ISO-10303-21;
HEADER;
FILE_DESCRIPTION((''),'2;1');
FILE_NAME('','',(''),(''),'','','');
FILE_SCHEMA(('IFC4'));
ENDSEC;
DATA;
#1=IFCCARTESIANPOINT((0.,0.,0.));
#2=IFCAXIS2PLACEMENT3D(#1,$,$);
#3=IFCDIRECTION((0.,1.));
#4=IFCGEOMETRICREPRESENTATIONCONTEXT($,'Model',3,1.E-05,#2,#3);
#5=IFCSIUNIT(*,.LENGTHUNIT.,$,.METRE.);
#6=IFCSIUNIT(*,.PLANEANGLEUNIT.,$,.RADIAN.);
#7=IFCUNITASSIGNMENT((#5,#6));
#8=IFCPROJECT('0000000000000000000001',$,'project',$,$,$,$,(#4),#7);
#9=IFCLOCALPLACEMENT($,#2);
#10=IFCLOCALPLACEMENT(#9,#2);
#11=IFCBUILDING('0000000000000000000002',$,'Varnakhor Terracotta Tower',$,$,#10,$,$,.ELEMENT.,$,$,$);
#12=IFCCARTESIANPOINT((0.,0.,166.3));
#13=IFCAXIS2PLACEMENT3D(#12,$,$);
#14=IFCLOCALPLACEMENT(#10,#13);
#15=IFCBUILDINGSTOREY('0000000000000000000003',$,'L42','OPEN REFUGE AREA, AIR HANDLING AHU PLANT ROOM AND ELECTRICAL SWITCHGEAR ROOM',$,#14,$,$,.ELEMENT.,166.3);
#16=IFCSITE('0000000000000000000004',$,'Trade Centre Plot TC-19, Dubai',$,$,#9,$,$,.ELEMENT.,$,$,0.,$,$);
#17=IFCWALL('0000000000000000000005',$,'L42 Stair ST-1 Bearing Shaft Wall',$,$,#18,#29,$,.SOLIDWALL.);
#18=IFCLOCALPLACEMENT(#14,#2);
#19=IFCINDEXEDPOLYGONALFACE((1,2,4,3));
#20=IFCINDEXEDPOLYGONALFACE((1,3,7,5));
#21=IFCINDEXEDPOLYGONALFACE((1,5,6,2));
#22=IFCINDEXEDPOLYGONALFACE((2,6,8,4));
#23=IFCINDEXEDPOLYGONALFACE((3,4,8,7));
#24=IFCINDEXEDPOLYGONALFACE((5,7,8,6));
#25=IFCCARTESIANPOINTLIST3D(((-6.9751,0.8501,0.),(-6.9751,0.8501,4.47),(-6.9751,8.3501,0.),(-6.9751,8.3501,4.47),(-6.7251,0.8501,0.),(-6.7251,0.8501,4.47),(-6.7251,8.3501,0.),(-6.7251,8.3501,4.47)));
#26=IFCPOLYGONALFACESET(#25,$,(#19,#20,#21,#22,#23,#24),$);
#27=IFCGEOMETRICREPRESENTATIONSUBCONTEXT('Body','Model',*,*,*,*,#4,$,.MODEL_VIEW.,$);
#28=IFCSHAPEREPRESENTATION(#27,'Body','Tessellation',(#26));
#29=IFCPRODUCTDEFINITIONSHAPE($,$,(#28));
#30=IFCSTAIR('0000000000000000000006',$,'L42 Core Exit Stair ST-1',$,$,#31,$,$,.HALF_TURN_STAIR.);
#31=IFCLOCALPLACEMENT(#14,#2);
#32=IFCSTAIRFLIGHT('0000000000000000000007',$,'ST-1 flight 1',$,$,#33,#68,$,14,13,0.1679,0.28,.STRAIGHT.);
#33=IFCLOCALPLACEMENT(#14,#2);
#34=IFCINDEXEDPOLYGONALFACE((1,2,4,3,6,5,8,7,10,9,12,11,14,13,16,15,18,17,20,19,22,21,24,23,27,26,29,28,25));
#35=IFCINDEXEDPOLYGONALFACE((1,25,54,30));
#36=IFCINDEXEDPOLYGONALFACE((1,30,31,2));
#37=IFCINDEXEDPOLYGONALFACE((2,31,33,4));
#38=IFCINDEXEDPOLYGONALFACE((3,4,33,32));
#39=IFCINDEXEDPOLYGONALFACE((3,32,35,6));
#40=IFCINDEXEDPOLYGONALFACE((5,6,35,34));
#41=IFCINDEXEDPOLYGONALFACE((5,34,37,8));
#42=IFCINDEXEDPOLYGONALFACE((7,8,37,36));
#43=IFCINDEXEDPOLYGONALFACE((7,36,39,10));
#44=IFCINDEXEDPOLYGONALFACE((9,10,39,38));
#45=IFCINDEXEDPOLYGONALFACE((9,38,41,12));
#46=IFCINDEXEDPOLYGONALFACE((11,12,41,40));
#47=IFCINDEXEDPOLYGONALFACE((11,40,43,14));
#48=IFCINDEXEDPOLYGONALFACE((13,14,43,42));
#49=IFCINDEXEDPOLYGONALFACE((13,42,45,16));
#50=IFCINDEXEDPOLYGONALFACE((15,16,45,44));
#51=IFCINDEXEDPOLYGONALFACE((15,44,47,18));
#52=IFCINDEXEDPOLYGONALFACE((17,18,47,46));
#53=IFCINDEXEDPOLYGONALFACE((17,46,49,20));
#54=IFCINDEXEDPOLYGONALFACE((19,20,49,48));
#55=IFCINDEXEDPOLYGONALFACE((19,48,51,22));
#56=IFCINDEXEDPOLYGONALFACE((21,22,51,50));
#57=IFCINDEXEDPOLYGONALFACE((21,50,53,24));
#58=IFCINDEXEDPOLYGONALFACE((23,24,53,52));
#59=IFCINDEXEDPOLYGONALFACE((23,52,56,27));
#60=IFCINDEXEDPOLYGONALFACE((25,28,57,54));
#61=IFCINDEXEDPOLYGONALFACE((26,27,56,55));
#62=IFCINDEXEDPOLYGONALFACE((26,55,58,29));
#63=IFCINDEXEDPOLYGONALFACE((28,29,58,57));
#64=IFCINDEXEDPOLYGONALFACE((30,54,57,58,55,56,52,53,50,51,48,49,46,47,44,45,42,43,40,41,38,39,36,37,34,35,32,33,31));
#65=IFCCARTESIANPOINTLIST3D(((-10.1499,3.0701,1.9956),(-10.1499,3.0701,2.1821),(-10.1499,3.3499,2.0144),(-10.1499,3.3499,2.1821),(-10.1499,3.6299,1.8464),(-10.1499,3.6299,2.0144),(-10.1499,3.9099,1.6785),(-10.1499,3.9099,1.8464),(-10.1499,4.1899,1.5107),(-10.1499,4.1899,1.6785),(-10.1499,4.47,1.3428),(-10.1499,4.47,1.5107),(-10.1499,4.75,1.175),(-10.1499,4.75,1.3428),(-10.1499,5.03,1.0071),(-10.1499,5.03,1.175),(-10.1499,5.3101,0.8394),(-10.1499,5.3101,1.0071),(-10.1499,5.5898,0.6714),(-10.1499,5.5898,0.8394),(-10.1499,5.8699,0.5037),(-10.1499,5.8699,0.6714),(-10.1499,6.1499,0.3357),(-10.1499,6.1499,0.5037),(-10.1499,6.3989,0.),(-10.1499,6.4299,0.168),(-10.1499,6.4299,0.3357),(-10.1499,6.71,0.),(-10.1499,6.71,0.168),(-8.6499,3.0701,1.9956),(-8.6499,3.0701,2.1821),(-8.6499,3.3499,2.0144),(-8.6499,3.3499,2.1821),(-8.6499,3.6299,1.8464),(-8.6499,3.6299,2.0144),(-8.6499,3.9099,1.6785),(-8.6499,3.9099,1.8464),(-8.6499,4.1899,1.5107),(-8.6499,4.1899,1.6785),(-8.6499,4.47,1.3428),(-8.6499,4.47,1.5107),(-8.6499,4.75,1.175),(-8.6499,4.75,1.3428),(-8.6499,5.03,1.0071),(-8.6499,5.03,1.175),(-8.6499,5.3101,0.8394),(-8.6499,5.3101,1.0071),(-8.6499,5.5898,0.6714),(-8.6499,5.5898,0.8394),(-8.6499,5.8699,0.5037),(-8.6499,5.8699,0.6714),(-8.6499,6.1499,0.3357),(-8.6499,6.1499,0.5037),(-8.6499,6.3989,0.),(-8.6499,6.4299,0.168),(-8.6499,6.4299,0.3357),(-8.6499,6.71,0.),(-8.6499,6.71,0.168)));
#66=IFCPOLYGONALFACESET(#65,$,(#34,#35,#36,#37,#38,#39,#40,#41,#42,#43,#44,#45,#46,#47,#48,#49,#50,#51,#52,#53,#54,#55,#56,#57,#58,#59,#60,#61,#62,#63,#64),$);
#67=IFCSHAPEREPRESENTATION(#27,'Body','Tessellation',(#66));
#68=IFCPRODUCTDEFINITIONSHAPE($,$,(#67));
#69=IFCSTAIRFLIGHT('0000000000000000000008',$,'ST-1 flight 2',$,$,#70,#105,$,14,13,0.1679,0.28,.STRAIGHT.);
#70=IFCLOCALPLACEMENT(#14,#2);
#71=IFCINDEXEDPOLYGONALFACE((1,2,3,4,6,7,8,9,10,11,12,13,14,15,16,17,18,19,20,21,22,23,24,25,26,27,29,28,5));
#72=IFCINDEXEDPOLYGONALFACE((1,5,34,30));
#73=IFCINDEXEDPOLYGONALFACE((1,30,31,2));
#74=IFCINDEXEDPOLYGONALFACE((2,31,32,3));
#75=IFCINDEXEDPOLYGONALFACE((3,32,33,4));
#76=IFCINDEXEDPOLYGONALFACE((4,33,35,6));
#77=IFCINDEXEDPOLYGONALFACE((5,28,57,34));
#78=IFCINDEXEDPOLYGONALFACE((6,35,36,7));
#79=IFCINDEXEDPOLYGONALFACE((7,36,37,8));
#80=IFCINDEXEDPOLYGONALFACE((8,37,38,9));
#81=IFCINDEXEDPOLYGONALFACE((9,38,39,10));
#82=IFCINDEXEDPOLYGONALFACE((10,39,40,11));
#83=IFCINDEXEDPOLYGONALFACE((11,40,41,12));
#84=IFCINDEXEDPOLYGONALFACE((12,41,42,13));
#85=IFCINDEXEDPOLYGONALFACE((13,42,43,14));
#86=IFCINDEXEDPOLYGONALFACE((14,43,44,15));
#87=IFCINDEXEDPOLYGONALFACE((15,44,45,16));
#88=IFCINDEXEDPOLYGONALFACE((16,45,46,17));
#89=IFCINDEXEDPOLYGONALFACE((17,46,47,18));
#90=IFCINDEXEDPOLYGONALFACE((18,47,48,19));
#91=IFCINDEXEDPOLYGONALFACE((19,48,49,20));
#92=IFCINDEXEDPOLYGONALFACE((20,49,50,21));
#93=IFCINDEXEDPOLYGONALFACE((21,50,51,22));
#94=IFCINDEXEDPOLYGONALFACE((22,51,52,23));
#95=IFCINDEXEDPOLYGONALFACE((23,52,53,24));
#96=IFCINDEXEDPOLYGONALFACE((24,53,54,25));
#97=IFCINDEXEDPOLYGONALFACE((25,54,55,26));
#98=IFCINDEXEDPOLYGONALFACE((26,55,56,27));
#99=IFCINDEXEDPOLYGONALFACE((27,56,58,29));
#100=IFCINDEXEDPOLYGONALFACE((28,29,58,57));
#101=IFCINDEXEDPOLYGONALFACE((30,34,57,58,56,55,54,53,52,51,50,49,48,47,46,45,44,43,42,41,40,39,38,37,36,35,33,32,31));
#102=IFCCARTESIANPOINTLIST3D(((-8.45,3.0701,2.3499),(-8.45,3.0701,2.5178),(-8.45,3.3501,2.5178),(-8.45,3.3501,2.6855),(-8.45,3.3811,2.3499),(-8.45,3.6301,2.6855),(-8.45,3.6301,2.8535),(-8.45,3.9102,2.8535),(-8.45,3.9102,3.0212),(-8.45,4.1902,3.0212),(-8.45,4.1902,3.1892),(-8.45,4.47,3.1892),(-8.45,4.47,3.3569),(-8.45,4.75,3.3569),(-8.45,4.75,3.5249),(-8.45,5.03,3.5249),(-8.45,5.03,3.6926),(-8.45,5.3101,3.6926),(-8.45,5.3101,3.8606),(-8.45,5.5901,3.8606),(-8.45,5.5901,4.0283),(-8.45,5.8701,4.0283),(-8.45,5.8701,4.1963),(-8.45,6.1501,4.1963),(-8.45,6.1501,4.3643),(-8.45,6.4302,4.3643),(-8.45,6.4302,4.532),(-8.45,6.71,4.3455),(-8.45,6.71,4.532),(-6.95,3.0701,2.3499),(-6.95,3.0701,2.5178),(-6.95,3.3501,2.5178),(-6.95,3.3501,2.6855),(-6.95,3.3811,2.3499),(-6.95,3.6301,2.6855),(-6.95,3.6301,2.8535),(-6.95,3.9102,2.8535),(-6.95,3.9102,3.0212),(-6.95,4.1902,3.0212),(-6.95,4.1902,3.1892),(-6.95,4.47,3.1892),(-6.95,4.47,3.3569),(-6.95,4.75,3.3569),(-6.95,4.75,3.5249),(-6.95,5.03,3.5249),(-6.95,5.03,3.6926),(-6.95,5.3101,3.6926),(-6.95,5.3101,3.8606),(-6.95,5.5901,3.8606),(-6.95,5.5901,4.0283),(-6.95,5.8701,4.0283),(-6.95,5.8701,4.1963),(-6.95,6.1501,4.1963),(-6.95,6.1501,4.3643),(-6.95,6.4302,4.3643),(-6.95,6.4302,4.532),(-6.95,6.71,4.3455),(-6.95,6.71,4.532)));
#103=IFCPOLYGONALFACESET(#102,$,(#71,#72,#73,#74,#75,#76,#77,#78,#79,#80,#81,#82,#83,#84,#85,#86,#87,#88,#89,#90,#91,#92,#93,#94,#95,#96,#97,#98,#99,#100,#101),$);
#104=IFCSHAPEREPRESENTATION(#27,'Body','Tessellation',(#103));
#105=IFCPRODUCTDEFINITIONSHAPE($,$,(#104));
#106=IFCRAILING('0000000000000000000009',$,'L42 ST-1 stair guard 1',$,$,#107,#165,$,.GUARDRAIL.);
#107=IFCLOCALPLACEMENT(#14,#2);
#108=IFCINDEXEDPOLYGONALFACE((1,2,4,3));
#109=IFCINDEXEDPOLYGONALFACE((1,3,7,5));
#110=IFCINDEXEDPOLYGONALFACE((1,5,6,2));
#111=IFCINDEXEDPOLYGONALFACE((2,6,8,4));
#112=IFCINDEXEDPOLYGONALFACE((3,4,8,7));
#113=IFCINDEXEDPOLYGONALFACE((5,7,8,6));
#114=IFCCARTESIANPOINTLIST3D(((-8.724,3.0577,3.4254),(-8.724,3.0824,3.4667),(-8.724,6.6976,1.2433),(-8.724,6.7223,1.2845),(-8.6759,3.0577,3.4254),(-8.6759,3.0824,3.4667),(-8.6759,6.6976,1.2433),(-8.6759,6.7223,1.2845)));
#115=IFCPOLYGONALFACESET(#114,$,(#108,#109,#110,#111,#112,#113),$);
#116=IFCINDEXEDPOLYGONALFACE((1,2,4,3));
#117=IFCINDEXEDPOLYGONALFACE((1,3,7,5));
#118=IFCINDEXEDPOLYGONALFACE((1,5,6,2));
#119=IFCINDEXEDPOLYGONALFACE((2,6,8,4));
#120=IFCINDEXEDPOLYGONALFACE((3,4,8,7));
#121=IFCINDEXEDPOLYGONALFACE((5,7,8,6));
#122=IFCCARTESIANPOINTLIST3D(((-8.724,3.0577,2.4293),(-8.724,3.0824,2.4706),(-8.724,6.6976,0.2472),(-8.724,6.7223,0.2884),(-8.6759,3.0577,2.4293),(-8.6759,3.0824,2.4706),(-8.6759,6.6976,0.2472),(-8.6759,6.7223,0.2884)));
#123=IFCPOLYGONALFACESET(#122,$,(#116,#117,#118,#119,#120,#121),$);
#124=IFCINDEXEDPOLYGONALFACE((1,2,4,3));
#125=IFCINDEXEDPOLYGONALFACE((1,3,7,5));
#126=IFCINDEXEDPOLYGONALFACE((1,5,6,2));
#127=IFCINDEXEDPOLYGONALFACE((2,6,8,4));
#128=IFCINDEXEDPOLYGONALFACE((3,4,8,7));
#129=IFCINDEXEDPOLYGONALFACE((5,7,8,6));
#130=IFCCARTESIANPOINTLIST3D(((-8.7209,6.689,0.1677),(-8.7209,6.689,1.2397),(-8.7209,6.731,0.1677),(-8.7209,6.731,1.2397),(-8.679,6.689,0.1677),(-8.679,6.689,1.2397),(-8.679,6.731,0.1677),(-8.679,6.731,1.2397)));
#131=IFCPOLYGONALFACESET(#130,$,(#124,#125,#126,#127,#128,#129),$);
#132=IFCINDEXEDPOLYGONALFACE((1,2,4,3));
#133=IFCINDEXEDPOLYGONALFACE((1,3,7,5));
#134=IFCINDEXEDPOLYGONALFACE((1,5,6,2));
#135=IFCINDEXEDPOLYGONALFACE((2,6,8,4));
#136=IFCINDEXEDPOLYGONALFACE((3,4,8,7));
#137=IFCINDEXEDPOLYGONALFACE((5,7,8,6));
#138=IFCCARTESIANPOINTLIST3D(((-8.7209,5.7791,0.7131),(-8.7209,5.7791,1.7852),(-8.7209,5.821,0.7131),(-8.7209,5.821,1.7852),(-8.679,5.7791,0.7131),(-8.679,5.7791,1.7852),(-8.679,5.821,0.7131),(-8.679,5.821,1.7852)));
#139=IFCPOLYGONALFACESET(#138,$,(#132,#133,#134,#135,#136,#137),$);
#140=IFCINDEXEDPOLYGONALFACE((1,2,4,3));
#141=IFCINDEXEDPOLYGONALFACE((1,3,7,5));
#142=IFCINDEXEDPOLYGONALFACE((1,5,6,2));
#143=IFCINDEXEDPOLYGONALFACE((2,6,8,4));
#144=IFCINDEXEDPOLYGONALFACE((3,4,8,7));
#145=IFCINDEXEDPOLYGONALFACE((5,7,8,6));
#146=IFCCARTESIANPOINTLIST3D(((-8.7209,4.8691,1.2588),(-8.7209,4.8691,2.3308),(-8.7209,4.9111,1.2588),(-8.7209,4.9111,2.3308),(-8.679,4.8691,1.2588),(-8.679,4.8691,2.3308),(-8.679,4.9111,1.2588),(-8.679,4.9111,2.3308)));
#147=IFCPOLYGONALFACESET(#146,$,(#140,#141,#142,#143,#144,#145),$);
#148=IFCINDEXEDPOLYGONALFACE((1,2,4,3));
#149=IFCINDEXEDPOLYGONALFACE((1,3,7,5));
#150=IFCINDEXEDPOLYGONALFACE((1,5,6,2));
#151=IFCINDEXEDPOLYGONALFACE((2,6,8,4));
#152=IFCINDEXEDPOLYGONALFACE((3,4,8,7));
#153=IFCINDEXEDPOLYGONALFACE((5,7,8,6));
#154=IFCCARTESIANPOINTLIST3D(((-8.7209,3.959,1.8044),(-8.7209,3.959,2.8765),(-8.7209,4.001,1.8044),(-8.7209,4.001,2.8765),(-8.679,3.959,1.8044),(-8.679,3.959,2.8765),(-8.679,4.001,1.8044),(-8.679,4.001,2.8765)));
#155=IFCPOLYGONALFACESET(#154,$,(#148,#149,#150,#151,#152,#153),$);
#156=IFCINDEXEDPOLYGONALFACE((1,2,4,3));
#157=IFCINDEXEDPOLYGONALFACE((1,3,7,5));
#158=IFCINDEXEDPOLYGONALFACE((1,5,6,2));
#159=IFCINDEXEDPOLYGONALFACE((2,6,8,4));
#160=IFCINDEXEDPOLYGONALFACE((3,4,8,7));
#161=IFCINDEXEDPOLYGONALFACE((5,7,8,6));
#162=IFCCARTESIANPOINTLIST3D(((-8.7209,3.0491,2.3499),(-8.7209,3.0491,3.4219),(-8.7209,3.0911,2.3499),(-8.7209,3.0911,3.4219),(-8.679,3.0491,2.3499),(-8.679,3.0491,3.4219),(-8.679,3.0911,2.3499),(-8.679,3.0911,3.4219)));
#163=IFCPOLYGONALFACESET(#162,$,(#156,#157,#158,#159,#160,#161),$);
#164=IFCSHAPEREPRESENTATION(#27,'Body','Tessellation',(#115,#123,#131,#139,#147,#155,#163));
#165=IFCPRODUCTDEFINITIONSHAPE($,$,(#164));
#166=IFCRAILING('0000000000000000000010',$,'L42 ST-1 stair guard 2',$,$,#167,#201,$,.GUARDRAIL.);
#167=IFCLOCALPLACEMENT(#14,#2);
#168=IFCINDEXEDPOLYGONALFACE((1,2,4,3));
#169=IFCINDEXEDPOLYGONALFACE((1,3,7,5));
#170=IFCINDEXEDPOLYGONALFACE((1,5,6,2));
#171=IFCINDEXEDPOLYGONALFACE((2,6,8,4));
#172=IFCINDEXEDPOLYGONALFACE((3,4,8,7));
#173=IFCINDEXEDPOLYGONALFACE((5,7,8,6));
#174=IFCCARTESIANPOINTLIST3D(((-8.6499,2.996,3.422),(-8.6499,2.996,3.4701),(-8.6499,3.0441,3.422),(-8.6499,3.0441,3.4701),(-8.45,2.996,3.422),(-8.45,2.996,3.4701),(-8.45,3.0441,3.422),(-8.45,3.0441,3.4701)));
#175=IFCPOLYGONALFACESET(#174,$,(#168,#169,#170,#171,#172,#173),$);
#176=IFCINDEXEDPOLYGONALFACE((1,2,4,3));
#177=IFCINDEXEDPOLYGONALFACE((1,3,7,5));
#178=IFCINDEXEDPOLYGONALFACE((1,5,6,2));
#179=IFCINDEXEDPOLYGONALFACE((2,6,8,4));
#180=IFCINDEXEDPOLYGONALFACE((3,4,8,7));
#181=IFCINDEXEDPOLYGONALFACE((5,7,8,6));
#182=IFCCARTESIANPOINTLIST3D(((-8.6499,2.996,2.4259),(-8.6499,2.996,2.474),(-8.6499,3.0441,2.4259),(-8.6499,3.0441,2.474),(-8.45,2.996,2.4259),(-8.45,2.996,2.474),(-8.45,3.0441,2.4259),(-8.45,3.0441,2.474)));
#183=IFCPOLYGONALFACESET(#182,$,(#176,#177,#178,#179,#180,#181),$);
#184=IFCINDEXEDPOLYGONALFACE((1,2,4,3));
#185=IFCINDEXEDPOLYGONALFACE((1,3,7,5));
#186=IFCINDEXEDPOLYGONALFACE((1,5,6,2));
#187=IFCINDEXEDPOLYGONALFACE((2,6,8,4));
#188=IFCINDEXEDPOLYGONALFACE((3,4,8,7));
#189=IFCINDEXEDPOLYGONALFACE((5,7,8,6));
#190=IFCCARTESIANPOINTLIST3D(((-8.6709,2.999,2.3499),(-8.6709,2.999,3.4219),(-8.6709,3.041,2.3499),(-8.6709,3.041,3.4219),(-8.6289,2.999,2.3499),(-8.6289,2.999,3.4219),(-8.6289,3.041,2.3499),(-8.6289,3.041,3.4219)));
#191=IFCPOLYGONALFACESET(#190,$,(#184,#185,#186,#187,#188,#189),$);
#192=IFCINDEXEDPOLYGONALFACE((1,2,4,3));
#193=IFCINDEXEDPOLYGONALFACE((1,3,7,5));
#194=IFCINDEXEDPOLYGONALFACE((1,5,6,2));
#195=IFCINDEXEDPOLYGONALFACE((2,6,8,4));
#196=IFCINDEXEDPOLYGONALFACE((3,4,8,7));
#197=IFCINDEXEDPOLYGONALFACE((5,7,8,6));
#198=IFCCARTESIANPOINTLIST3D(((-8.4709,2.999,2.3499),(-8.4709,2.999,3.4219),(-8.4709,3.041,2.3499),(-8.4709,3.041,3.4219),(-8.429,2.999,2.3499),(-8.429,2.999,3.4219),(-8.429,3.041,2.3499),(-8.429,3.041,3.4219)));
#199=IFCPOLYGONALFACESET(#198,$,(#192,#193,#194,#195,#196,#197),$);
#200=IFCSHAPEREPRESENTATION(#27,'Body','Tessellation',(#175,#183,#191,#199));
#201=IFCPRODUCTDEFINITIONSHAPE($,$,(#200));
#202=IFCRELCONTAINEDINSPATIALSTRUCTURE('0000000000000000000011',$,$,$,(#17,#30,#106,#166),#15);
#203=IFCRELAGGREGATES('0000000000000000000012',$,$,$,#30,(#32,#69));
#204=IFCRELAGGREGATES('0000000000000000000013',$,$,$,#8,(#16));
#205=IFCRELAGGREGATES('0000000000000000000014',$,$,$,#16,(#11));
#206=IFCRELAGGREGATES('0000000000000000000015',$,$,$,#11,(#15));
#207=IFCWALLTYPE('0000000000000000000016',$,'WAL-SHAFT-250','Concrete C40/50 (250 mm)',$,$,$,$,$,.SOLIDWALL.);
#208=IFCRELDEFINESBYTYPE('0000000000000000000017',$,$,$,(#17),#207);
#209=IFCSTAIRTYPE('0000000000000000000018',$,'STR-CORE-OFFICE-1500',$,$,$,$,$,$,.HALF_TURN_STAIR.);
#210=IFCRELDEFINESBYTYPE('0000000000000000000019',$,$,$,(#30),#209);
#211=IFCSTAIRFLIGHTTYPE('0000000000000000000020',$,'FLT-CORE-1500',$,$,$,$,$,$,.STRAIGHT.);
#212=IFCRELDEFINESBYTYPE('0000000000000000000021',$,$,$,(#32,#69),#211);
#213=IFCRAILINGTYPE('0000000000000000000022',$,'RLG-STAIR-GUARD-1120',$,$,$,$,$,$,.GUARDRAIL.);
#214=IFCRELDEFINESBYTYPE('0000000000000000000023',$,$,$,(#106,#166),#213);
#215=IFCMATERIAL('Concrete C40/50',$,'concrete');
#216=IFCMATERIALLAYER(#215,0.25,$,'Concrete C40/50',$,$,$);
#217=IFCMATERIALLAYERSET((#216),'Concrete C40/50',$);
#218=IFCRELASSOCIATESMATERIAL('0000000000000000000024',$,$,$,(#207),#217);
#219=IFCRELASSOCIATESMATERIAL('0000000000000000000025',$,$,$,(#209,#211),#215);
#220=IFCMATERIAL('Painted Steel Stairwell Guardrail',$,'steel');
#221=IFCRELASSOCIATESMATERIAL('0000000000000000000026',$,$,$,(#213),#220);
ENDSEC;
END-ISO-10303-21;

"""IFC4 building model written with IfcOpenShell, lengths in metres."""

from ifc_helpers import new_model, si_unit, direction, frame, frame_2d, origin, origin_2d, place, context, subcontext, project, spatial, polyline, rectangle, outline, extrude, material, layer, layer_set, type_object, element, aggregate, save


model = new_model("IFC4")

# Units and contexts
model_context = context("Model", 3, precision=1e-05, world=origin(), true_north=direction((0.0, 1.0)))
body_context = subcontext(model_context, "Body", "Model", "MODEL_VIEW")
ifc_project = project(units=[si_unit("LENGTHUNIT", "METRE"), si_unit("PLANEANGLEUNIT", "RADIAN")], contexts=[model_context])

# Site, building, storey
site_placement = place(None, origin())
site = spatial("IfcSite", under=ifc_project, at=site_placement, Name="Trade Centre Plot TC-19, Dubai", CompositionType="ELEMENT", RefElevation=0.0)
building_placement = place(site_placement, origin())
building = spatial("IfcBuilding", under=site, at=building_placement, Name="Varnakhor Terracotta Tower", CompositionType="ELEMENT")
storey_placement = place(building_placement, frame((0.0, 0.0, 166.3)))
storey = spatial("IfcBuildingStorey", under=building, at=storey_placement, Name="L42", Description="OPEN REFUGE AREA, AIR HANDLING AHU PLANT ROOM AND ELECTRICAL SWITCHGEAR ROOM", CompositionType="ELEMENT", Elevation=166.3)

# Wall
ifc_material_1 = material(Name="Concrete C40/50", Category="concrete")
ifc_layer_1 = layer(ifc_material_1, 0.25, Name="Concrete C40/50")
ifc_layer_set_1 = layer_set([ifc_layer_1], Name="Concrete C40/50")
wall_type_1 = type_object("IfcWallType", Name="WAL-SHAFT-250", Description="Concrete C40/50 (250 mm)", PredefinedType="SOLIDWALL", material=ifc_layer_set_1)
wall_1_placement = place(storey_placement, frame((-6.8501, 0.8501, 0.0), z_axis=(0.0, 0.0, 1.0), x_axis=(0.0, 1.0, 0.0)))
element("IfcWall", 1, at=wall_1_placement, inside=storey, type_object=wall_type_1, Name="L42 Stair ST-1 Bearing Shaft Wall", PredefinedType="SOLIDWALL", context=body_context, shape_type="SweptSolid", body=[
    extrude(rectangle(XDim=7.5, YDim=0.25, at=frame_2d((3.75, 0.0))), origin(), (0.0, 0.0, 1.0), 4.47),
])

# Stair, stair flights
stair_type = type_object("IfcStairType", Name="STR-CORE-OFFICE-1500", PredefinedType="HALF_TURN_STAIR", material=ifc_material_1)
stair_placement = place(storey_placement, origin())
stair = element("IfcStair", 2, at=stair_placement, inside=storey, type_object=stair_type, Name="L42 Core Exit Stair ST-1", PredefinedType="HALF_TURN_STAIR")
stair_flight_type = type_object("IfcStairFlightType", Name="FLT-CORE-1500", PredefinedType="STRAIGHT", material=ifc_material_1)
stair_flight_1_placement = place(storey_placement, frame((-9.3999, 6.71, 0.0), z_axis=(0.0, 0.0, 1.0), x_axis=(0.0, -1.0, 0.0)))
stair_flight_1 = element("IfcStairFlight", 3, at=stair_flight_1_placement, type_object=stair_flight_type, Name="ST-1 flight 1", NumberOfRisers=14, NumberOfTreads=13, PredefinedType="STRAIGHT", RiserHeight=0.1679, TreadLength=0.28, context=body_context, shape_type="SweptSolid", body=[
    extrude(outline(polyline([(0.0, 0.0), (0.0, 0.168), (0.28, 0.168), (0.28, 0.3357), (0.5601, 0.3357), (0.5601, 0.5037), (0.8401, 0.5037), (0.8401, 0.6714), (1.1201, 0.6714), (1.1201, 0.8394), (1.3999, 0.8394), (1.3999, 1.0071), (1.6799, 1.0071), (1.6799, 1.175), (1.96, 1.175), (1.96, 1.3428), (2.24, 1.3428), (2.24, 1.5107), (2.52, 1.5107), (2.52, 1.6785), (2.8, 1.6785), (2.8, 1.8464), (3.0801, 1.8464), (3.0801, 2.0144), (3.3601, 2.0144), (3.3601, 2.1821), (3.6399, 2.1821), (3.6399, 2.3501), (3.6399, 1.9956), (0.311, 0.0), (0.0, 0.0)])), frame((0.0, 0.75, 0.0), z_axis=(0.0, -1.0, 0.0), x_axis=(1.0, 0.0, 0.0)), (0.0, 0.0, 1.0), 1.5),
])
stair_flight_2_placement = place(storey_placement, frame((-7.7, 3.0701, 2.3499), z_axis=(0.0, 0.0, 1.0), x_axis=(0.0, 1.0, 0.0)))
stair_flight_2 = element("IfcStairFlight", 4, at=stair_flight_2_placement, type_object=stair_flight_type, Name="ST-1 flight 2", NumberOfRisers=14, NumberOfTreads=13, PredefinedType="STRAIGHT", RiserHeight=0.1679, TreadLength=0.28, context=body_context, shape_type="SweptSolid", body=[
    extrude(outline(polyline([(0.0, 0.0), (0.0, 0.168), (0.28, 0.168), (0.28, 0.3357), (0.5601, 0.3357), (0.5601, 0.5037), (0.8401, 0.5037), (0.8401, 0.6714), (1.1201, 0.6714), (1.1201, 0.8394), (1.3999, 0.8394), (1.3999, 1.0071), (1.6799, 1.0071), (1.6799, 1.175), (1.96, 1.175), (1.96, 1.3428), (2.24, 1.3428), (2.24, 1.5107), (2.52, 1.5107), (2.52, 1.6785), (2.8, 1.6785), (2.8, 1.8464), (3.0801, 1.8464), (3.0801, 2.0144), (3.3601, 2.0144), (3.3601, 2.1821), (3.6399, 2.1821), (3.6399, 2.3501), (3.6399, 1.9956), (0.311, 0.0), (0.0, 0.0)])), frame((0.0, 0.75, 0.0), z_axis=(0.0, -1.0, 0.0), x_axis=(1.0, 0.0, 0.0)), (0.0, 0.0, 1.0), 1.5),
])
aggregate(stair, [stair_flight_1, stair_flight_2])

# Railings
ifc_material_2 = material(Name="Painted Steel Stairwell Guardrail", Category="steel")
railing_type_1 = type_object("IfcRailingType", Name="RLG-STAIR-GUARD-1120", PredefinedType="GUARDRAIL", material=ifc_material_2)
railing_1_placement = place(storey_placement, frame((-8.7, 6.71, 0.1677)))
element("IfcRailing", 5, at=railing_1_placement, inside=storey, type_object=railing_type_1, Name="L42 ST-1 stair guard 1", PredefinedType="GUARDRAIL", context=body_context, shape_type="SweptSolid", body=[
    extrude(rectangle(XDim=0.0481, YDim=0.0481, at=origin_2d()), frame((0.0, 0.0, 1.0962), z_axis=(0.0, -0.857681, 0.514183), x_axis=(1.0, 0.0, 0.0)), (0.0, 0.0, 1.0), 4.2439),
    extrude(rectangle(XDim=0.0481, YDim=0.0481, at=origin_2d()), frame((0.0, 0.0, 0.1001), z_axis=(0.0, -0.857681, 0.514183), x_axis=(1.0, 0.0, 0.0)), (0.0, 0.0, 1.0), 4.2439),
    extrude(rectangle(XDim=0.042, YDim=0.042, at=origin_2d()), origin(), (0.0, 0.0, 1.0), 1.072),
    extrude(rectangle(XDim=0.042, YDim=0.042, at=origin_2d()), frame((0.0, -0.9099, 0.5454)), (0.0, 0.0, 1.0), 1.072),
    extrude(rectangle(XDim=0.042, YDim=0.042, at=origin_2d()), frame((0.0, -1.8198, 1.0911)), (0.0, 0.0, 1.0), 1.072),
    extrude(rectangle(XDim=0.042, YDim=0.042, at=origin_2d()), frame((0.0, -2.73, 1.6367)), (0.0, 0.0, 1.0), 1.072),
    extrude(rectangle(XDim=0.042, YDim=0.042, at=origin_2d()), frame((0.0, -3.6399, 2.1821)), (0.0, 0.0, 1.0), 1.072),
])
railing_2_placement = place(storey_placement, frame((-8.6499, 3.02, 2.3499)))
element("IfcRailing", 6, at=railing_2_placement, inside=storey, type_object=railing_type_1, Name="L42 ST-1 stair guard 2", PredefinedType="GUARDRAIL", context=body_context, shape_type="SweptSolid", body=[
    extrude(rectangle(XDim=0.0481, YDim=0.0481, at=origin_2d()), frame((0.0, 0.0, 1.0962), z_axis=(1.0, 0.0, 0.0), x_axis=(0.0, 1.0, 0.0)), (0.0, 0.0, 1.0), 0.2),
    extrude(rectangle(XDim=0.0481, YDim=0.0481, at=origin_2d()), frame((0.0, 0.0, 0.1001), z_axis=(1.0, 0.0, 0.0), x_axis=(0.0, 1.0, 0.0)), (0.0, 0.0, 1.0), 0.2),
    extrude(rectangle(XDim=0.042, YDim=0.042, at=origin_2d()), origin(), (0.0, 0.0, 1.0), 1.072),
    extrude(rectangle(XDim=0.042, YDim=0.042, at=origin_2d()), frame((0.2, 0.0, 0.0)), (0.0, 0.0, 1.0), 1.072),
])

save(model, "model.ifc")
